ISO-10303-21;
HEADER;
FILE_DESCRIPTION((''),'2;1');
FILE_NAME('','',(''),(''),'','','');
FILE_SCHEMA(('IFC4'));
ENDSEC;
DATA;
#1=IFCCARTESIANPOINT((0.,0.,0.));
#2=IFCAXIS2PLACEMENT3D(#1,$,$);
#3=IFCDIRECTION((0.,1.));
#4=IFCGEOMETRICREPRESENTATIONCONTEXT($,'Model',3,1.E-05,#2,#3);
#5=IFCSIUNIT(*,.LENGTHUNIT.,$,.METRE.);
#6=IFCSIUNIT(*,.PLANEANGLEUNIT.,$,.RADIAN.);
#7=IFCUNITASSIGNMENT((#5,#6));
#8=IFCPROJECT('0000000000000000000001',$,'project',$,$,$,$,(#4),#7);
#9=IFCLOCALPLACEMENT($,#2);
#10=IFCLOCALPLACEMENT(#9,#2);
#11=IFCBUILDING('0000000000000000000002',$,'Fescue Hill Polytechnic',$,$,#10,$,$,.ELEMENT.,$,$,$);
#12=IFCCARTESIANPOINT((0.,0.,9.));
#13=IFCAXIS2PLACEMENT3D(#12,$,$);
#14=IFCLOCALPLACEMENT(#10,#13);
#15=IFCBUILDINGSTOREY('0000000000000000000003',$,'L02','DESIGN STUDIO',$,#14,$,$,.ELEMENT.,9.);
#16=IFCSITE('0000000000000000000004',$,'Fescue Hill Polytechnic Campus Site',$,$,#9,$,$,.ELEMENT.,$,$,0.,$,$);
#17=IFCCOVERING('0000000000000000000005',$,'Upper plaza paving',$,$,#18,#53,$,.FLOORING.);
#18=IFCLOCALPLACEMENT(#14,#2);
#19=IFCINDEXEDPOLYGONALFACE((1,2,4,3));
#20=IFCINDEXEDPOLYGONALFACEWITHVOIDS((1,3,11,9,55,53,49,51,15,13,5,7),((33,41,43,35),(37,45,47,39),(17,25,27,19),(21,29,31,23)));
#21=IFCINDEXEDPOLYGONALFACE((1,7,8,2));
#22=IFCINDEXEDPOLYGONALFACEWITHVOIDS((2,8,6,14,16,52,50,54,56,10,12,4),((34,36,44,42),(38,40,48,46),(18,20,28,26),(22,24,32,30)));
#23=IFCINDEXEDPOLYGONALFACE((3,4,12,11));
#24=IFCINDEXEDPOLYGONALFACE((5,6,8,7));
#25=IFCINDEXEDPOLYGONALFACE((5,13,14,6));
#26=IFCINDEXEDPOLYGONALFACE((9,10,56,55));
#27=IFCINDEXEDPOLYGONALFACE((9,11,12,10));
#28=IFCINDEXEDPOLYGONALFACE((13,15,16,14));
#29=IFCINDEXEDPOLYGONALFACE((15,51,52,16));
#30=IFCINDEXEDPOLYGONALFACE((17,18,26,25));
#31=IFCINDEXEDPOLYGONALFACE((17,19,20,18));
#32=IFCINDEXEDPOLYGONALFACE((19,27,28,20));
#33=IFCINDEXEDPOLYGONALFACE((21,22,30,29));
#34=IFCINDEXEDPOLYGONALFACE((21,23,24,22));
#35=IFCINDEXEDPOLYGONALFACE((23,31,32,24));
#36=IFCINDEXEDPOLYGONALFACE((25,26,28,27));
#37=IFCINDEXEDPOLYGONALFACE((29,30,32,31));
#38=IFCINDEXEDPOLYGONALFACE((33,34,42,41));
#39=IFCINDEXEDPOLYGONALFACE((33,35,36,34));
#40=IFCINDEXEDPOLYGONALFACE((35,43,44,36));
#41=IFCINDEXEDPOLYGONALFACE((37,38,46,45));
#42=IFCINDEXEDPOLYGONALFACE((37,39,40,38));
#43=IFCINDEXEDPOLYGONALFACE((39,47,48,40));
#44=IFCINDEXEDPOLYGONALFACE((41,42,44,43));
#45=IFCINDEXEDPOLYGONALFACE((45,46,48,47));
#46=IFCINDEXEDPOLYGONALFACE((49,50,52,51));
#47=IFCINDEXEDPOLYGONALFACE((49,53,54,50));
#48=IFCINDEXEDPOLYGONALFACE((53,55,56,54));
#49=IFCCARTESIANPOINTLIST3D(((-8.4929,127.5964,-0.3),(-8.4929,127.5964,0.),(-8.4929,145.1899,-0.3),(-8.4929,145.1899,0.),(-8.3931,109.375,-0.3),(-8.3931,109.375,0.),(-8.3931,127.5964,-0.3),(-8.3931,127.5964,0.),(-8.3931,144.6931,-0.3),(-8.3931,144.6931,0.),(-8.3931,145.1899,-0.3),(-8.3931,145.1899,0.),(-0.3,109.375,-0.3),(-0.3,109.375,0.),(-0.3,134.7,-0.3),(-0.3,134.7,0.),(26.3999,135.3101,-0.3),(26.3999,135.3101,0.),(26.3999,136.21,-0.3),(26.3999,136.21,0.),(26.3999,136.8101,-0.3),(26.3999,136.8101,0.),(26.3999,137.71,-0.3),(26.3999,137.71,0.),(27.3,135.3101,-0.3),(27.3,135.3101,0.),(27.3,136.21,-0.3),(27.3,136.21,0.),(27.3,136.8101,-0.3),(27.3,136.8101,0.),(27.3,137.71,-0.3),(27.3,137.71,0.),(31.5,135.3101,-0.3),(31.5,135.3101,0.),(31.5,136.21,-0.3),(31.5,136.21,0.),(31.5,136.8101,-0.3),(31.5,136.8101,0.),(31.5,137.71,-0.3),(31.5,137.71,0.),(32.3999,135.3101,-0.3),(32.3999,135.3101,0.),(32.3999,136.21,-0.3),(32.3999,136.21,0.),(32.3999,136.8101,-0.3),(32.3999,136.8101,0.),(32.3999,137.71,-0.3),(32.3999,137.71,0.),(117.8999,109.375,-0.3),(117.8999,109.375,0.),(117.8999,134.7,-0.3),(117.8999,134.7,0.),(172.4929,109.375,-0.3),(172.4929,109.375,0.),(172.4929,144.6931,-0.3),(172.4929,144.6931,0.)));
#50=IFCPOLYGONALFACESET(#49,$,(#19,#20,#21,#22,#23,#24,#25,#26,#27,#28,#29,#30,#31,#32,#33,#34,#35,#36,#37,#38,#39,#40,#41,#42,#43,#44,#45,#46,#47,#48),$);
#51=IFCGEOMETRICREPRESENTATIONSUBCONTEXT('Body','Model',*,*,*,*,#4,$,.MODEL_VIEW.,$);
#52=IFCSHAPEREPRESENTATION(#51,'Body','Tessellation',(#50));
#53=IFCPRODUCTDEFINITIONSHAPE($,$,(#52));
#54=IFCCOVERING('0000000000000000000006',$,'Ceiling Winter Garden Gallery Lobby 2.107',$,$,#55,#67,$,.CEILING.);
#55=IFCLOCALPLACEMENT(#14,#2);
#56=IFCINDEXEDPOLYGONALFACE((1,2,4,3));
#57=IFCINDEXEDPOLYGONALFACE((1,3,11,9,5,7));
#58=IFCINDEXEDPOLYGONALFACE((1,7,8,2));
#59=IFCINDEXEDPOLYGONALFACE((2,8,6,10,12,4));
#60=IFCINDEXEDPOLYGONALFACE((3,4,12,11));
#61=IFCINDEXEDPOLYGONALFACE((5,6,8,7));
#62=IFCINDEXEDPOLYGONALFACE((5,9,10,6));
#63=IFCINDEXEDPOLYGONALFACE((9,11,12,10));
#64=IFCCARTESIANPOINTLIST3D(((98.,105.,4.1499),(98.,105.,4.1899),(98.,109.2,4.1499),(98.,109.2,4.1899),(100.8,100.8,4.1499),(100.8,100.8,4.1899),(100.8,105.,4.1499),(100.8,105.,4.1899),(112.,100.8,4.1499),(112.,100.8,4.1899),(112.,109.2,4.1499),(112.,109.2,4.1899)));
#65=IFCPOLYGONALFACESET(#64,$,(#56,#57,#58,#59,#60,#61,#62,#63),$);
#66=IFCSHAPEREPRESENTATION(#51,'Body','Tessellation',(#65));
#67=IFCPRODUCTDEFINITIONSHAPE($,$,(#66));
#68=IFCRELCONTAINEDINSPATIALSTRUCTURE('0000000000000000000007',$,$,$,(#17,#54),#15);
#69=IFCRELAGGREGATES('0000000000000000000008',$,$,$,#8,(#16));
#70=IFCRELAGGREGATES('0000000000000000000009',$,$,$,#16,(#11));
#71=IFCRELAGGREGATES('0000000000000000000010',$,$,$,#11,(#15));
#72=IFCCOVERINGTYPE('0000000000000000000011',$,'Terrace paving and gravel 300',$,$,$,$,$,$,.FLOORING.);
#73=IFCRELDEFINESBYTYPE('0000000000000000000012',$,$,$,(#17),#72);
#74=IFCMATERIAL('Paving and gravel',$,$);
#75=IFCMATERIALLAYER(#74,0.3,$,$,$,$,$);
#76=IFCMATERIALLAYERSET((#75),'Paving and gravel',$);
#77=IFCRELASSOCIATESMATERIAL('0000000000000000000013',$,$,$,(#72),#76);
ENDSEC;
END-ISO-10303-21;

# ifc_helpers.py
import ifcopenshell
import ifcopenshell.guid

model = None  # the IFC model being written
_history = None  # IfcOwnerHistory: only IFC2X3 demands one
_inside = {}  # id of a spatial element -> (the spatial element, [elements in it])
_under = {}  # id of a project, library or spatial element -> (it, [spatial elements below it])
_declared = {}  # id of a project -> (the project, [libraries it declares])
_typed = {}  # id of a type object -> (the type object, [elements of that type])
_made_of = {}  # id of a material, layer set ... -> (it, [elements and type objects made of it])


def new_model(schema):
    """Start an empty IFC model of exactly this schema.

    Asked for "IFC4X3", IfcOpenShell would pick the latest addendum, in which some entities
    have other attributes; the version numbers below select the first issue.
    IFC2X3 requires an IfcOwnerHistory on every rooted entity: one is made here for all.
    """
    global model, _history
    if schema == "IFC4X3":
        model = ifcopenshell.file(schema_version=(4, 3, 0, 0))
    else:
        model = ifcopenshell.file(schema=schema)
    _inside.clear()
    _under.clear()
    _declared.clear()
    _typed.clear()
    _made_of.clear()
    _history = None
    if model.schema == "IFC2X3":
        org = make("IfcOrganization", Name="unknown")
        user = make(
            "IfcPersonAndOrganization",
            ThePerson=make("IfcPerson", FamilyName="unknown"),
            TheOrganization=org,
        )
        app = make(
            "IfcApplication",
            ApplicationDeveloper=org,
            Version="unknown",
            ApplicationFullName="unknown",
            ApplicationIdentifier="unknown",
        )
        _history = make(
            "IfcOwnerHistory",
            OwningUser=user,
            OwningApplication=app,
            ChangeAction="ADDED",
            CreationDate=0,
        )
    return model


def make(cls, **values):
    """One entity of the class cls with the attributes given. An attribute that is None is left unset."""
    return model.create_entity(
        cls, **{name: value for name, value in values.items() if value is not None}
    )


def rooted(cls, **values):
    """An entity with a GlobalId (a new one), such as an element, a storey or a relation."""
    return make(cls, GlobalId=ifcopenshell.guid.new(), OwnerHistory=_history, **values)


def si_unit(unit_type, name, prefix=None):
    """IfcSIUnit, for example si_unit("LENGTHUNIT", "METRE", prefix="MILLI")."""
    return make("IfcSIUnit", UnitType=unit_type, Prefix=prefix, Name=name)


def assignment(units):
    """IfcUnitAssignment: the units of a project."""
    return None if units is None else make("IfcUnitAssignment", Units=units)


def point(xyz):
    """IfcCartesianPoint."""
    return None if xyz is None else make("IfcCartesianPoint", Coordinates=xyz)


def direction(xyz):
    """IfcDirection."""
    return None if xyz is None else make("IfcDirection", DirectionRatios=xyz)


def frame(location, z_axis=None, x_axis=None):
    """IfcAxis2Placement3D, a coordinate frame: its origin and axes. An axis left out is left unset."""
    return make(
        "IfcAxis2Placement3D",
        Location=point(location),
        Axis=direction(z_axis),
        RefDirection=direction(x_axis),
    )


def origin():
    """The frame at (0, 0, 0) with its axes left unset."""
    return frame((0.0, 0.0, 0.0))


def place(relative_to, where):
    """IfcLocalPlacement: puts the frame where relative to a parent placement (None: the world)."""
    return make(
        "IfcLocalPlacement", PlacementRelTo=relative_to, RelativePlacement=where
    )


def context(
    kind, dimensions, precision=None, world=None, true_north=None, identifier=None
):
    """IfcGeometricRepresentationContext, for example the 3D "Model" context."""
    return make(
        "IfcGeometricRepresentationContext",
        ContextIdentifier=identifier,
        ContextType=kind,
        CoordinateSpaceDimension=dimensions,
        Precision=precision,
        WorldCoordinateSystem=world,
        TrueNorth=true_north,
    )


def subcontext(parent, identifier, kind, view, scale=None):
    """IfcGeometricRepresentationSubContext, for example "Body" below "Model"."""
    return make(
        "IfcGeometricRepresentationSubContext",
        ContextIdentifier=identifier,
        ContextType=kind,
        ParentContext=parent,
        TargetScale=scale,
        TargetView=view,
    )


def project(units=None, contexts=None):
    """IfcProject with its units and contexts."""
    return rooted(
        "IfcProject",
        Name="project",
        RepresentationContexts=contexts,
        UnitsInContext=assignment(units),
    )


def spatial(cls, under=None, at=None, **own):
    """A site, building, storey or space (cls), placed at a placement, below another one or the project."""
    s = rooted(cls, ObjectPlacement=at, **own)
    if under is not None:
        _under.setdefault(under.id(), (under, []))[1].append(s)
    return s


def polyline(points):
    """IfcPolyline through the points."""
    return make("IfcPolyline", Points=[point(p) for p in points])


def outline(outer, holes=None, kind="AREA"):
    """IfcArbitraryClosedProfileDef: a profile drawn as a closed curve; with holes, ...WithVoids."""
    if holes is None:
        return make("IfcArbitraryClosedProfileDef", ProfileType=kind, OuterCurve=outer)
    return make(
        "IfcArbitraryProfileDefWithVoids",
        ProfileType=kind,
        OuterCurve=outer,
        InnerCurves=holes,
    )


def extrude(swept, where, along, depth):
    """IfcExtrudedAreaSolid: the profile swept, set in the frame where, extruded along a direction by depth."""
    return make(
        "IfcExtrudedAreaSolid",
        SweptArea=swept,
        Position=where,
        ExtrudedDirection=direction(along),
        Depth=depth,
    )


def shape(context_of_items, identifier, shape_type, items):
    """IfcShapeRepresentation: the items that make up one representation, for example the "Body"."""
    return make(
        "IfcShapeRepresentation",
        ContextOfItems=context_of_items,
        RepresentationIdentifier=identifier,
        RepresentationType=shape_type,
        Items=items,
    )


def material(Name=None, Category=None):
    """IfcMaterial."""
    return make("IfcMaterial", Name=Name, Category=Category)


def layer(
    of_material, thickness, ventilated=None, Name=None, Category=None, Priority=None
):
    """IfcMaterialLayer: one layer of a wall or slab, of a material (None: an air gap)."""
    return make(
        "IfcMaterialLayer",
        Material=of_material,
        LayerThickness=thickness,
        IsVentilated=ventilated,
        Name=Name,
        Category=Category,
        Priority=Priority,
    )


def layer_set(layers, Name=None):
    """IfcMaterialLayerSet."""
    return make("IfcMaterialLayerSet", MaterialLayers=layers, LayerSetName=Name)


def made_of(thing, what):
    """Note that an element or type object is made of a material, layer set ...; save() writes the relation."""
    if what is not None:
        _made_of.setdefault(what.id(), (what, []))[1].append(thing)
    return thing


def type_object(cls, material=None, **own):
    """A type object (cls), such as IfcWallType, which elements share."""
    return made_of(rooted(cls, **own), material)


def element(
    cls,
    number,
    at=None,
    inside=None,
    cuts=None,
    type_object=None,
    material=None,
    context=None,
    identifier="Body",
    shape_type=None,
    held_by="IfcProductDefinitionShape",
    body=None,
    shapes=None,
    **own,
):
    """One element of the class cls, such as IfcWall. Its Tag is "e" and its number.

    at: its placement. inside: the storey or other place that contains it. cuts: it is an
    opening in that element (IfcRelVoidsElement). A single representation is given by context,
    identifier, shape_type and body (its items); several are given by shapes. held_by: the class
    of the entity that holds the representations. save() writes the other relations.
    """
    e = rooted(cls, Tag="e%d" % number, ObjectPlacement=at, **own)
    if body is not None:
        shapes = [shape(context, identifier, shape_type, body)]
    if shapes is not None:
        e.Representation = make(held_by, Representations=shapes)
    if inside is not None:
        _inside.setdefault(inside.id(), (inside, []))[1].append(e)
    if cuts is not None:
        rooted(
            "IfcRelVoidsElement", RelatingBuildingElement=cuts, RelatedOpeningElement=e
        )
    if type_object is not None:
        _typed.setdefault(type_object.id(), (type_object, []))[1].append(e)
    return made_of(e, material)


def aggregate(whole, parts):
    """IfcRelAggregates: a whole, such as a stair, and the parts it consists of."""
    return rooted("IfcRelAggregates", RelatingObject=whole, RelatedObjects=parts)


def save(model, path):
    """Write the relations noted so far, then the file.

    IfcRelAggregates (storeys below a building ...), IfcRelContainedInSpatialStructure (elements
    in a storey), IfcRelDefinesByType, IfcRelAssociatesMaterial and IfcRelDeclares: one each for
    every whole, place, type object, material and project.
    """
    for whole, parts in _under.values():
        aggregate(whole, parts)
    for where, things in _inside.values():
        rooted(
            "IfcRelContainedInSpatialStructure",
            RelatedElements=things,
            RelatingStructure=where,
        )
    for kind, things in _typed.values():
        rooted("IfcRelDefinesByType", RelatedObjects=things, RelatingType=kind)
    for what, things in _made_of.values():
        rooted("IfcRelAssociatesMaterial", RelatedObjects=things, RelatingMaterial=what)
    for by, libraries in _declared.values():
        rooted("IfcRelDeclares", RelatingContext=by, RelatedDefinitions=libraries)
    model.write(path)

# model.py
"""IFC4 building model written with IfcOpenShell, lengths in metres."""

from ifc_helpers import new_model, si_unit, direction, frame, origin, place, context, subcontext, project, spatial, polyline, outline, extrude, material, layer, layer_set, type_object, element, save


model = new_model("IFC4")

# Units and contexts
model_context = context("Model", 3, precision=1e-05, world=origin(), true_north=direction((0.0, 1.0)))
body_context = subcontext(model_context, "Body", "Model", "MODEL_VIEW")
ifc_project = project(units=[si_unit("LENGTHUNIT", "METRE"), si_unit("PLANEANGLEUNIT", "RADIAN")], contexts=[model_context])

# Site, building, storey
site_placement = place(None, origin())
site = spatial("IfcSite", under=ifc_project, at=site_placement, Name="Fescue Hill Polytechnic Campus Site", CompositionType="ELEMENT", RefElevation=0.0)
building_placement = place(site_placement, origin())
building = spatial("IfcBuilding", under=site, at=building_placement, Name="Fescue Hill Polytechnic", CompositionType="ELEMENT")
storey_placement = place(building_placement, frame((0.0, 0.0, 9.0)))
storey = spatial("IfcBuildingStorey", under=building, at=storey_placement, Name="L02", Description="DESIGN STUDIO", CompositionType="ELEMENT", Elevation=9.0)

# Coverings
ifc_material_1 = material(Name="Paving and gravel")
ifc_layer_1 = layer(ifc_material_1, 0.3)
ifc_layer_set_1 = layer_set([ifc_layer_1], Name="Paving and gravel")
covering_type_1 = type_object("IfcCoveringType", Name="Terrace paving and gravel 300", PredefinedType="FLOORING", material=ifc_layer_set_1)
covering_1_placement = place(storey_placement, frame((0.0, 0.0, -0.3)))
element("IfcCovering", 1, at=covering_1_placement, inside=storey, type_object=covering_type_1, Name="Upper plaza paving", PredefinedType="FLOORING", context=body_context, shape_type="SweptSolid", body=[
    extrude(outline(polyline([(172.4929, 144.6931), (172.4929, 109.375), (117.8999, 109.375), (117.8999, 134.7), (-0.3, 134.7), (-0.3, 109.375), (-8.3931, 109.375), (-8.3931, 127.5964), (-8.4929, 127.5964), (-8.4929, 145.1899), (-8.3931, 145.1899), (-8.3931, 144.6931), (172.4929, 144.6931)]), holes=[polyline([(32.3999, 135.3101), (32.3999, 136.21), (31.5, 136.21), (31.5, 135.3101), (32.3999, 135.3101)]), polyline([(32.3999, 136.8101), (32.3999, 137.71), (31.5, 137.71), (31.5, 136.8101), (32.3999, 136.8101)]), polyline([(27.3, 136.8101), (27.3, 137.71), (26.3999, 137.71), (26.3999, 136.8101), (27.3, 136.8101)]), polyline([(27.3, 136.21), (26.3999, 136.21), (26.3999, 135.3101), (27.3, 135.3101), (27.3, 136.21)])]), origin(), (0.0, 0.0, 1.0), 0.3),
])
covering_2_placement = place(storey_placement, frame((0.0, 0.0, 4.1499)))
element("IfcCovering", 2, at=covering_2_placement, inside=storey, Name="Ceiling Winter Garden Gallery Lobby 2.107", PredefinedType="CEILING", context=body_context, shape_type="SweptSolid", body=[
    extrude(outline(polyline([(112.0, 109.2), (112.0, 100.8), (100.8, 100.8), (100.8, 105.0), (98.0, 105.0), (98.0, 109.2), (112.0, 109.2)])), origin(), (0.0, 0.0, 1.0), 0.04),
])

save(model, "model.ifc")
